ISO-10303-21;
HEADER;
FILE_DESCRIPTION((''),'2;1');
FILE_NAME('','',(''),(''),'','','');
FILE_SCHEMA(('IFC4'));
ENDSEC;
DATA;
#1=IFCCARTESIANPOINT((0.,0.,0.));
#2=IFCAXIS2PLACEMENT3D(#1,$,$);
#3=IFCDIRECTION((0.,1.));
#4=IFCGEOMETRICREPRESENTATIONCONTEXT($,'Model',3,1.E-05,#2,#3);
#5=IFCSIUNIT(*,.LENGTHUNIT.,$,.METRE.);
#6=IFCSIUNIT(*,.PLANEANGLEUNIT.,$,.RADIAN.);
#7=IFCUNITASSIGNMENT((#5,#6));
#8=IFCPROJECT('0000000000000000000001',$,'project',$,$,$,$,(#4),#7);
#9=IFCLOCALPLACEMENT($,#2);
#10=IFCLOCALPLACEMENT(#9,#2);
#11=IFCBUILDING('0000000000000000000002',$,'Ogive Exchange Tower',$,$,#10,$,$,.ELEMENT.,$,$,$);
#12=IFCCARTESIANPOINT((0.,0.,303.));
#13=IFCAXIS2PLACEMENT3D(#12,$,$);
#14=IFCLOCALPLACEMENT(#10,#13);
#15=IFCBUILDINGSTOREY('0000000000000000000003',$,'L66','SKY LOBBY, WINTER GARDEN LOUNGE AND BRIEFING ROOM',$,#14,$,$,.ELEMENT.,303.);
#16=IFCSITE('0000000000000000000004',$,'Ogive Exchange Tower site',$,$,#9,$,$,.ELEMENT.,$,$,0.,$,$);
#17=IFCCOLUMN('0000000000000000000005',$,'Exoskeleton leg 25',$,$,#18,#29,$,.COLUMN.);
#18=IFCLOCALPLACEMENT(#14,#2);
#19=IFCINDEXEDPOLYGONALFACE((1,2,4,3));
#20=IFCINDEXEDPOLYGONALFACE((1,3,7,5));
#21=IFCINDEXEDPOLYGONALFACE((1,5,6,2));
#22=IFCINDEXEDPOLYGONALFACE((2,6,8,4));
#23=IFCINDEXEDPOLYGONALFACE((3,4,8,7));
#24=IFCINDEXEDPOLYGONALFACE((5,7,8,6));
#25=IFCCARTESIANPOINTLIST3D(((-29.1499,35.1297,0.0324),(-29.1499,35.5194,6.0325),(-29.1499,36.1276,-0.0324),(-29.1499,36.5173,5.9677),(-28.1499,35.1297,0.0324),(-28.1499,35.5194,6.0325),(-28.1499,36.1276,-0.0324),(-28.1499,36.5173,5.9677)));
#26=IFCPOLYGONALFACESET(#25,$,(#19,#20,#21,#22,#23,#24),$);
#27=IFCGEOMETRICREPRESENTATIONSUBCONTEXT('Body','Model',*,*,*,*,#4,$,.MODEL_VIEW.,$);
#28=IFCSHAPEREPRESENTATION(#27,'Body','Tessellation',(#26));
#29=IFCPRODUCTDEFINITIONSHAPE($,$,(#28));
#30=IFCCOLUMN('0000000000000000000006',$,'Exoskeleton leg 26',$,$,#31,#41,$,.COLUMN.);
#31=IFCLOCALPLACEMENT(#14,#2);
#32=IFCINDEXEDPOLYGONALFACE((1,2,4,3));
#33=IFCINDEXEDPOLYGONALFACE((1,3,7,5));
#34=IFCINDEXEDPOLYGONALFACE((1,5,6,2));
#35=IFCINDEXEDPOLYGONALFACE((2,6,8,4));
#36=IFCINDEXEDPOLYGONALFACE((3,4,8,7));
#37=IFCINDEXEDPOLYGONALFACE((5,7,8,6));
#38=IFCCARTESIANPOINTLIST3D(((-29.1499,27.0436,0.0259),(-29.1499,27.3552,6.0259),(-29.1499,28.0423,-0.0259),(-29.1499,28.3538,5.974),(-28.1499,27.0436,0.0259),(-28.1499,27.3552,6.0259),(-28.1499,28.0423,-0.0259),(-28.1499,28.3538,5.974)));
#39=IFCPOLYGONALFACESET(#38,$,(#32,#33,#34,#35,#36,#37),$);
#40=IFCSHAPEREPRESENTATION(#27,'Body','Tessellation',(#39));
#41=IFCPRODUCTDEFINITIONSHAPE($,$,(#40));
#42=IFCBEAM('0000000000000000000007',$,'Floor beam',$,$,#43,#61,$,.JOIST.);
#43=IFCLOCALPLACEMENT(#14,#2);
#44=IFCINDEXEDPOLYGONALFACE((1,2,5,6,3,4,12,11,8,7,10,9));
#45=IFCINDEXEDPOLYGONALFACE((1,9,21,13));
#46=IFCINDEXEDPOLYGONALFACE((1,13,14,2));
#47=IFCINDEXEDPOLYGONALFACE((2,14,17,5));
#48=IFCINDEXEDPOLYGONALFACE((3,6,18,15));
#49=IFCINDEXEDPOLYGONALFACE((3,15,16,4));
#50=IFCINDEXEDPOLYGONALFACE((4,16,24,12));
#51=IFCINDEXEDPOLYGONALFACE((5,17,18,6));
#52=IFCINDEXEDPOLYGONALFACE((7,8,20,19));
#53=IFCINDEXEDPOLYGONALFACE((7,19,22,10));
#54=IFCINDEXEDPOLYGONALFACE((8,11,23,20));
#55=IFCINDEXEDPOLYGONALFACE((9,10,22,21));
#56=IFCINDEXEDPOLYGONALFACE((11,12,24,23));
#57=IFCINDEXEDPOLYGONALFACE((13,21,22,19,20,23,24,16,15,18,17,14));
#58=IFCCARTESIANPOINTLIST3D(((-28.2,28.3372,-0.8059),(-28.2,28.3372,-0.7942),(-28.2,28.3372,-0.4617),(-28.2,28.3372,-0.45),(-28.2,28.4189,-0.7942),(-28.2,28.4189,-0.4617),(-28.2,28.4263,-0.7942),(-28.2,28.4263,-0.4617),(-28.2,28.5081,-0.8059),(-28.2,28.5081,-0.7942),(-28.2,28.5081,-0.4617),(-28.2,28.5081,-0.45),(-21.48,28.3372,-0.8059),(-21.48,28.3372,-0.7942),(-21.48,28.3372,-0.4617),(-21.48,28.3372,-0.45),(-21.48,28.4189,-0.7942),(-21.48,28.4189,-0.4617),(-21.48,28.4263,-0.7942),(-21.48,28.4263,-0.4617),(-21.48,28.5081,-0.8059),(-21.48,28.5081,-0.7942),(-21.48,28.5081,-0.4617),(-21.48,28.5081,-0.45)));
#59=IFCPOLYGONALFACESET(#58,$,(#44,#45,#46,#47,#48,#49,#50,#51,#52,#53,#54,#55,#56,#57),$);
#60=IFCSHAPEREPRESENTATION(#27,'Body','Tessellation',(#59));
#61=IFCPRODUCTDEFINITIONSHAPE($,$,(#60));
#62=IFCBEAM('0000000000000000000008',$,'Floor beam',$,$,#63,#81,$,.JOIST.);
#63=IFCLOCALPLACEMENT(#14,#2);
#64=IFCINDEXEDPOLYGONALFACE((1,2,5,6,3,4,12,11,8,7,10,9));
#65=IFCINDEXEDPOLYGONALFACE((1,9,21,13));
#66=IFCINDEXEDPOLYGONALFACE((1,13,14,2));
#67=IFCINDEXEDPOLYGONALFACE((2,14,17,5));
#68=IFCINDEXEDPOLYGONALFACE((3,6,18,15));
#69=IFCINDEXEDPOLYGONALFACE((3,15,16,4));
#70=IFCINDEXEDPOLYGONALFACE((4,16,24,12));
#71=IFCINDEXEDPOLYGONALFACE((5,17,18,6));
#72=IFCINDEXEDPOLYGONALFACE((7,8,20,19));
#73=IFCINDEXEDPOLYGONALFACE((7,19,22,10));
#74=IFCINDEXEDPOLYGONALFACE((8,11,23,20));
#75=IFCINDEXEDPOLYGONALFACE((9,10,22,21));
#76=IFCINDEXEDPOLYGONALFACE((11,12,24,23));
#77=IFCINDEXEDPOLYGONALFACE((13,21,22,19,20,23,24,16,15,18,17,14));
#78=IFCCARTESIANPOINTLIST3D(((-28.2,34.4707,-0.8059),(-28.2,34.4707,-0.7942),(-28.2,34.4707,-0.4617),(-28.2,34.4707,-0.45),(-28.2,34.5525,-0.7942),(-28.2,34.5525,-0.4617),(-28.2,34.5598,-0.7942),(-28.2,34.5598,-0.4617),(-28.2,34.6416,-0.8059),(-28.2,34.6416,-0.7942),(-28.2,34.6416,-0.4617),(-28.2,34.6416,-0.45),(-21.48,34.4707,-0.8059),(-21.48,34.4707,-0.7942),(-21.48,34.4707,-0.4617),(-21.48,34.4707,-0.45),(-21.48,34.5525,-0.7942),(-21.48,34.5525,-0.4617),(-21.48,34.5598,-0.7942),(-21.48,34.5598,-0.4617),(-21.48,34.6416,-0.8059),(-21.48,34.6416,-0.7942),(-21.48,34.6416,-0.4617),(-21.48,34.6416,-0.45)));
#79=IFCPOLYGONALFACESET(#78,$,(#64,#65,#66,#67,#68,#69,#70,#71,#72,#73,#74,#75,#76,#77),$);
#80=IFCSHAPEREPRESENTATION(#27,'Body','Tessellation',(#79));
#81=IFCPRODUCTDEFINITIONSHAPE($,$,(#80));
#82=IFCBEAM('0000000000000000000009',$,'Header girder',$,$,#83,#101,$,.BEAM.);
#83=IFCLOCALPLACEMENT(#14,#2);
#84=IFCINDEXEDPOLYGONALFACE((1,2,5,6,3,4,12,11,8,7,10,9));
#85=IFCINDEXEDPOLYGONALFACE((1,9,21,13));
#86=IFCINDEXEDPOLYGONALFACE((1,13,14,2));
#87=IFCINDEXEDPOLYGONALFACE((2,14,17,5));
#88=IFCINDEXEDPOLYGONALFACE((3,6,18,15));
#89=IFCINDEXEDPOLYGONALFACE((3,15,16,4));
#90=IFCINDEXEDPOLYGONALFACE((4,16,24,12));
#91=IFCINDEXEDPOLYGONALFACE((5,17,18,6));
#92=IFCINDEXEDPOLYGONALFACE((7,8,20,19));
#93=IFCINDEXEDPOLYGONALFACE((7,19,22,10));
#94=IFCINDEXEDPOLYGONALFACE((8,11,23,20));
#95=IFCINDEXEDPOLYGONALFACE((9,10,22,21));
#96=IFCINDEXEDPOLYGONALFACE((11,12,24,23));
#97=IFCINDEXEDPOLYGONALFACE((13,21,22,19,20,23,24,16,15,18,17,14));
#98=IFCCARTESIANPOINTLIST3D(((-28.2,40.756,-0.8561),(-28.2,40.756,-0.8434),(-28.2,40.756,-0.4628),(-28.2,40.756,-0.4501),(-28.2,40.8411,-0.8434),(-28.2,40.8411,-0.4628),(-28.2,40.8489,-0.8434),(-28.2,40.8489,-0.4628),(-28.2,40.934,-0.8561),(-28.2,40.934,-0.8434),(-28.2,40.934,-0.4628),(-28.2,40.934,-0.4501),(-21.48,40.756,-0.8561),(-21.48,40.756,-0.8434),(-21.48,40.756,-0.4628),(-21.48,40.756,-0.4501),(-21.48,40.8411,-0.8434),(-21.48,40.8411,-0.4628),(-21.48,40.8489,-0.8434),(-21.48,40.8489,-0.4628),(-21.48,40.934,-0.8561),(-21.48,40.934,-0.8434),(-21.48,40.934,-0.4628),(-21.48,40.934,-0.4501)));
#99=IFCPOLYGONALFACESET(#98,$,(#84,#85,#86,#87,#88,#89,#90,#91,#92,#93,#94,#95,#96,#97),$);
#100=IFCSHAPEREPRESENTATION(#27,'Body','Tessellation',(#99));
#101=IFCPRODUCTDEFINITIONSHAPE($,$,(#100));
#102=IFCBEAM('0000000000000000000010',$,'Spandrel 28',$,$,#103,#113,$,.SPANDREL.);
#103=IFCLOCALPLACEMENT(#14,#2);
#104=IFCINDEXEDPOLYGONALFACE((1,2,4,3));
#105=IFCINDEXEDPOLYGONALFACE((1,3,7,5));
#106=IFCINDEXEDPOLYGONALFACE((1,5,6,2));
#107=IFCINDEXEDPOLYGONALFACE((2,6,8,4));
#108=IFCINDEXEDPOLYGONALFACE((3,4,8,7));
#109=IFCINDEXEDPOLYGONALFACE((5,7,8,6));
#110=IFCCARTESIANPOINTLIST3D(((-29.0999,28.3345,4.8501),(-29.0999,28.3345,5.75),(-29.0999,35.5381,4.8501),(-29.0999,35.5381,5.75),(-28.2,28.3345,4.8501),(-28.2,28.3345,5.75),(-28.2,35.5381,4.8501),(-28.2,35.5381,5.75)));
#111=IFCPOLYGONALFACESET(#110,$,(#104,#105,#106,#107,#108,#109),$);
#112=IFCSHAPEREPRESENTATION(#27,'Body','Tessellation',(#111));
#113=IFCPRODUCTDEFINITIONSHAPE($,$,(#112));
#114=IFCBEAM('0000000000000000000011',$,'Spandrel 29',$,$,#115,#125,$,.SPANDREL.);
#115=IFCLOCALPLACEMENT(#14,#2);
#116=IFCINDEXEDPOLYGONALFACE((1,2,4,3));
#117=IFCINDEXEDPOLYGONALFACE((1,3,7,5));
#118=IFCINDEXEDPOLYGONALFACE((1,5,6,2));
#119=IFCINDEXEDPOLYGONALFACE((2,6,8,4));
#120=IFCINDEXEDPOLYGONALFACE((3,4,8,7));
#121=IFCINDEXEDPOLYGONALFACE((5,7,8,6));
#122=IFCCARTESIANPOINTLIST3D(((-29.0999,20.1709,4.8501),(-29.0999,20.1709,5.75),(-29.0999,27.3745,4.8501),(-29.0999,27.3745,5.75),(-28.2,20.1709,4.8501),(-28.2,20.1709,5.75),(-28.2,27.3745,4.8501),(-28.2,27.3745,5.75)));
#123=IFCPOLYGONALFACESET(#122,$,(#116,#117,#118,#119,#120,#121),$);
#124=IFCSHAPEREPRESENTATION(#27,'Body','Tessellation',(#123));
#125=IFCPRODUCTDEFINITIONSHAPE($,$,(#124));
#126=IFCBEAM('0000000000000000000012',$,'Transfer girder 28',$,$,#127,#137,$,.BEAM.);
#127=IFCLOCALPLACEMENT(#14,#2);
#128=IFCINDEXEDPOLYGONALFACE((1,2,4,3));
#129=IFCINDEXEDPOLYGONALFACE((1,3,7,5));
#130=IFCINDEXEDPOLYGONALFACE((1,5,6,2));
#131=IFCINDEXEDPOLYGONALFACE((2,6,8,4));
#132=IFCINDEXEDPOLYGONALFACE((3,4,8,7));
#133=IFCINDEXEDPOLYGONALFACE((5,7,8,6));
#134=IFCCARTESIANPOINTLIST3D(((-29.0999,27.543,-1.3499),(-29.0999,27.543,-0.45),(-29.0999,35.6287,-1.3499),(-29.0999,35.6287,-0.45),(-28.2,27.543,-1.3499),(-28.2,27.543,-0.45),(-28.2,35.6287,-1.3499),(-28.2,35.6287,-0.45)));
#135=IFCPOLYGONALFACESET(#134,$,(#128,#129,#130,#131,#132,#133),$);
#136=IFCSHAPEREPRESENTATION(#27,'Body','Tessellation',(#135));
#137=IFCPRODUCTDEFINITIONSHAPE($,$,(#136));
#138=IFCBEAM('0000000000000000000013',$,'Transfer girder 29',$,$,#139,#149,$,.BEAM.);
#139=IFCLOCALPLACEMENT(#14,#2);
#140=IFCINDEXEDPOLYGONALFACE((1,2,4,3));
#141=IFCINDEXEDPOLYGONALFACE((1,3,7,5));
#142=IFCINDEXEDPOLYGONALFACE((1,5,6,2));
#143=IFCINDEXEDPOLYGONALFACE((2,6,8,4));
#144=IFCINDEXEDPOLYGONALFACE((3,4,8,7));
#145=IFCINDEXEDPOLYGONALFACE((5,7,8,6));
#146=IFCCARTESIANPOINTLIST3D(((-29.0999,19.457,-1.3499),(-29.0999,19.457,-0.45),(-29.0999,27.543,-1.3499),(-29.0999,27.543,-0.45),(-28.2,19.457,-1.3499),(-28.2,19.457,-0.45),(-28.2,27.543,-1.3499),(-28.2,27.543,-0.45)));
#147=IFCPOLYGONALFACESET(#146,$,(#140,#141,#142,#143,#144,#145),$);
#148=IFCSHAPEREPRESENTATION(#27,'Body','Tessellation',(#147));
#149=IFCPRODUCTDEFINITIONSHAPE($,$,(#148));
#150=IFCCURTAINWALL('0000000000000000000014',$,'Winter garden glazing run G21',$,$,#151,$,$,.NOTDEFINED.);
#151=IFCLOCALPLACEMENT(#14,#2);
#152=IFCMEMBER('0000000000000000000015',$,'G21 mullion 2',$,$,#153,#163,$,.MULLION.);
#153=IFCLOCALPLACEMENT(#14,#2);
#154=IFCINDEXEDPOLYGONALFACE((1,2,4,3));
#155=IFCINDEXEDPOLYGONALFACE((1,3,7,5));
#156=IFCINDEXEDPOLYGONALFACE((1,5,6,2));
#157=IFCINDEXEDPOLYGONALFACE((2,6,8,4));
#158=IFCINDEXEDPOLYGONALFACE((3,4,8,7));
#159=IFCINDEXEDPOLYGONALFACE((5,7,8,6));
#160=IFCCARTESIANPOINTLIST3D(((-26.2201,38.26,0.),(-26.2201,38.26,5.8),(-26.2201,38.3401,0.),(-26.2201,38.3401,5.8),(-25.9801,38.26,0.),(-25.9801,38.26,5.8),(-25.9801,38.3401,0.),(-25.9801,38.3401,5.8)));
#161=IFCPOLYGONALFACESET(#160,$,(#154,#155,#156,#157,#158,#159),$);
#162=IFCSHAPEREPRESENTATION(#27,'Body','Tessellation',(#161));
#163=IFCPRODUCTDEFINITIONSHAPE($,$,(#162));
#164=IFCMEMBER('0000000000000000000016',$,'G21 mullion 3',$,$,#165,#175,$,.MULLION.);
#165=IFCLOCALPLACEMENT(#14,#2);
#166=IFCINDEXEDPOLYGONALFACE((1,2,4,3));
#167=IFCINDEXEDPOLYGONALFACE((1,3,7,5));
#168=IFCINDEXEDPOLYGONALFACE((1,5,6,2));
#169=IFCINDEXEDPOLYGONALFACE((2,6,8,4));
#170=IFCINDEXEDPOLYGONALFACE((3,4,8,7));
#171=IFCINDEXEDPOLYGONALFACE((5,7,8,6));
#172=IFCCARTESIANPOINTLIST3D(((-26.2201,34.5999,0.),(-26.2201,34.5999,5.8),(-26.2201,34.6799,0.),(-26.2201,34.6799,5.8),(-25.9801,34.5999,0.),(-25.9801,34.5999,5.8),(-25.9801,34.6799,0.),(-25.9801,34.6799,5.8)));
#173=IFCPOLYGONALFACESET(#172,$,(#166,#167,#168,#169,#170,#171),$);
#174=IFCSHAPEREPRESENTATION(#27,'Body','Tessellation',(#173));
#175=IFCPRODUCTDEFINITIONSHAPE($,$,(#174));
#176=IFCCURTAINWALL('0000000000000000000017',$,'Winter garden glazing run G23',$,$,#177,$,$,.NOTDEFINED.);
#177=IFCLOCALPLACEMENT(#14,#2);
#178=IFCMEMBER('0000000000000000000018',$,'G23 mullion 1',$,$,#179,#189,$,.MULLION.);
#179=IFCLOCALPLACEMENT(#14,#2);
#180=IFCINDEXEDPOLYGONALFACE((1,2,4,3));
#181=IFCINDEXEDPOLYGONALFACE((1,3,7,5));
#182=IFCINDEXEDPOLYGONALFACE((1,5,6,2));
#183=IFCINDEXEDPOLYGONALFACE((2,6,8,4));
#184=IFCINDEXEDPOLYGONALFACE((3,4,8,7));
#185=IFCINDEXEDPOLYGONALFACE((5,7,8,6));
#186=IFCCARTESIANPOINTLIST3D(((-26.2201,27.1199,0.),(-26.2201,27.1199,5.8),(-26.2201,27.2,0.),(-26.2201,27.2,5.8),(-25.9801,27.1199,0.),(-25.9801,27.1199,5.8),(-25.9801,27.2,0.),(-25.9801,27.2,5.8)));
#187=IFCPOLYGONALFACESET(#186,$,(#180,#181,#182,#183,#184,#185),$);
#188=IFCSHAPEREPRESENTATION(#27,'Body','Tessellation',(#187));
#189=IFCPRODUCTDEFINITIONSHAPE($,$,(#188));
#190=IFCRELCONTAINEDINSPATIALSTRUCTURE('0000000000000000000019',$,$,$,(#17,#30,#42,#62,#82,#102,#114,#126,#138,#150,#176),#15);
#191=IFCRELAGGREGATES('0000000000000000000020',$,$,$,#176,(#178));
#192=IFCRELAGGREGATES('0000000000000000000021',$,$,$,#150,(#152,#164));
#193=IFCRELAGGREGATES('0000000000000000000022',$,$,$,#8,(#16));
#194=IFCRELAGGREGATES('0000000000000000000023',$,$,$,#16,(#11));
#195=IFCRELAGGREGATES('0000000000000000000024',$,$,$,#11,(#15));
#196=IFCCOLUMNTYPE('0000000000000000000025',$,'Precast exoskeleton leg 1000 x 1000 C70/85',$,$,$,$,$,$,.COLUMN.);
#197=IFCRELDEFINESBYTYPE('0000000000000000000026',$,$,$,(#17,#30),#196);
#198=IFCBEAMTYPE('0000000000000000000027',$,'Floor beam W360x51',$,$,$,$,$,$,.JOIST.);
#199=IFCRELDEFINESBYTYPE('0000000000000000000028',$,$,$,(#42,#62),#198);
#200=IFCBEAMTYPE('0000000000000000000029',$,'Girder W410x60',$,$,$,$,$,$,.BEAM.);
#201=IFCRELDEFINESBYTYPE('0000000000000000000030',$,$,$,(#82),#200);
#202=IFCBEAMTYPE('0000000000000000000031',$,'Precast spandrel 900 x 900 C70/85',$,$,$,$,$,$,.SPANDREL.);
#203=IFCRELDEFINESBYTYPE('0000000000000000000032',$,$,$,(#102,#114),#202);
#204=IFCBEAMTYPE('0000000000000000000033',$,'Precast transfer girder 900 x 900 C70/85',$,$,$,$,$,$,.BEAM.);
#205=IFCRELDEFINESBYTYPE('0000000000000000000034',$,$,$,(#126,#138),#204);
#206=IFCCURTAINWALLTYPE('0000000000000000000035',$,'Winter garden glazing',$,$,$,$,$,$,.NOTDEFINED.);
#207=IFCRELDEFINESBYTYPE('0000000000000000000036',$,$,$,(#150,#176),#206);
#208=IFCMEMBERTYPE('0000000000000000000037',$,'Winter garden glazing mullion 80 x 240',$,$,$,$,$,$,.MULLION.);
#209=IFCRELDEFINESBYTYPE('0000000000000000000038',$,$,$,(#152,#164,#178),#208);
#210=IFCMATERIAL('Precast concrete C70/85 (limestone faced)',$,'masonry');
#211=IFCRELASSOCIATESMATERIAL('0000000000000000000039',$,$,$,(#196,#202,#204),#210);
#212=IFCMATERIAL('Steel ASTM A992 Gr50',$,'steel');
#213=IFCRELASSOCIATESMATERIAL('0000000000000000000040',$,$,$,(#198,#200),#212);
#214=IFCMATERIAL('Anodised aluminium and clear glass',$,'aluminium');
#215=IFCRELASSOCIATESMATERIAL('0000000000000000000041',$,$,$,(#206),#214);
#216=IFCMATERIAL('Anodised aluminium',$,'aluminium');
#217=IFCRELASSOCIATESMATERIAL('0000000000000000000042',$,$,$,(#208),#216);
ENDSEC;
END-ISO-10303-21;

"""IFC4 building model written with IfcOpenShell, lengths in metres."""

from ifc_helpers import new_model, si_unit, direction, frame, origin, origin_2d, place, context, subcontext, project, spatial, rectangle, i_section, extrude, material, material_profile, profile_set, type_object, element, aggregate, save


model = new_model("IFC4")

# Units and contexts
model_context = context("Model", 3, precision=1e-05, world=origin(), true_north=direction((0.0, 1.0)))
body_context = subcontext(model_context, "Body", "Model", "MODEL_VIEW")
ifc_project = project(units=[si_unit("LENGTHUNIT", "METRE"), si_unit("PLANEANGLEUNIT", "RADIAN")], contexts=[model_context])

# Site, building, storey
site_placement = place(None, origin())
site = spatial("IfcSite", under=ifc_project, at=site_placement, Name="Ogive Exchange Tower site", CompositionType="ELEMENT", RefElevation=0.0)
building_placement = place(site_placement, origin())
building = spatial("IfcBuilding", under=site, at=building_placement, Name="Ogive Exchange Tower", CompositionType="ELEMENT")
storey_placement = place(building_placement, frame((0.0, 0.0, 303.0)))
storey = spatial("IfcBuildingStorey", under=building, at=storey_placement, Name="L66", Description="SKY LOBBY, WINTER GARDEN LOUNGE AND BRIEFING ROOM", CompositionType="ELEMENT", Elevation=303.0)

# Columns
ifc_material_1 = material(Name="Precast concrete C70/85 (limestone faced)", Category="masonry")
ifc_material_profile_1 = material_profile(ifc_material_1, rectangle(XDim=1.0, YDim=1.0, at=origin_2d()), Name="1000 x 1000")
ifc_profile_set_1 = profile_set([ifc_material_profile_1], Name="Precast concrete C70/85 (limestone faced)")
column_type = type_object("IfcColumnType", Name="Precast exoskeleton leg 1000 x 1000 C70/85", PredefinedType="COLUMN", material=ifc_profile_set_1)
column_1_placement = place(storey_placement, frame((-28.6499, 35.6287, 0.0), z_axis=(0.0, 0.064805, 0.997898), x_axis=(-1.0, 0.0, 0.0)))
element("IfcColumn", 1, at=column_1_placement, inside=storey, type_object=column_type, Name="Exoskeleton leg 25", PredefinedType="COLUMN", context=body_context, shape_type="SweptSolid", body=[
    extrude(rectangle(XDim=1.0, YDim=1.0, at=origin_2d()), origin(), (0.0, 0.0, 1.0), 6.0127),
])
column_2_placement = place(storey_placement, frame((-28.6499, 27.543, 0.0), z_axis=(0.0, 0.051851, 0.998655), x_axis=(-1.0, 0.0, 0.0)))
element("IfcColumn", 2, at=column_2_placement, inside=storey, type_object=column_type, Name="Exoskeleton leg 26", PredefinedType="COLUMN", context=body_context, shape_type="SweptSolid", body=[
    extrude(rectangle(XDim=1.0, YDim=1.0, at=origin_2d()), origin(), (0.0, 0.0, 1.0), 6.0081),
])

# Beams
ifc_material_2 = material(Name="Steel ASTM A992 Gr50", Category="steel")
ifc_material_profile_2 = material_profile(ifc_material_2, i_section(OverallWidth=0.1709, OverallDepth=0.356, WebThickness=0.0073, FlangeThickness=0.0117, at=origin_2d()), Name="W360x51")
ifc_profile_set_2 = profile_set([ifc_material_profile_2], Name="Steel ASTM A992 Gr50")
beam_type_1 = type_object("IfcBeamType", Name="Floor beam W360x51", PredefinedType="JOIST", material=ifc_profile_set_2)
for number, where, z_axis, x_axis, name in (
    (3, (-28.2, 28.4226, -0.6279), (1.0, 0.0, 0.0), (0.0, 1.0, 0.0), "Floor beam"),
    (4, (-28.2, 34.5562, -0.6279), (1.0, 0.0, 0.0), (0.0, 1.0, 0.0), "Floor beam"),
):
    element("IfcBeam", number, at=place(storey_placement, frame(where, z_axis=z_axis, x_axis=x_axis)), inside=storey, type_object=beam_type_1, Name=name, PredefinedType="JOIST", context=body_context, shape_type="SweptSolid", body=[
        extrude(i_section(OverallWidth=0.1709, OverallDepth=0.356, WebThickness=0.0073, FlangeThickness=0.0117, at=origin_2d()), origin(), (0.0, 0.0, 1.0), 6.72),
    ])
ifc_material_profile_3 = material_profile(ifc_material_2, i_section(OverallWidth=0.178, OverallDepth=0.406, WebThickness=0.0078, FlangeThickness=0.0127, at=origin_2d()), Name="W410x60")
ifc_profile_set_3 = profile_set([ifc_material_profile_3], Name="Steel ASTM A992 Gr50")
beam_type_2 = type_object("IfcBeamType", Name="Girder W410x60", PredefinedType="BEAM", material=ifc_profile_set_3)
beam_1_placement = place(storey_placement, frame((-28.2, 40.845, -0.6531), z_axis=(1.0, 0.0, 0.0), x_axis=(0.0, 1.0, 0.0)))
element("IfcBeam", 5, at=beam_1_placement, inside=storey, type_object=beam_type_2, Name="Header girder", PredefinedType="BEAM", context=body_context, shape_type="SweptSolid", body=[
    extrude(i_section(OverallWidth=0.178, OverallDepth=0.406, WebThickness=0.0078, FlangeThickness=0.0127, at=origin_2d()), origin(), (0.0, 0.0, 1.0), 6.72),
])
ifc_material_profile_4 = material_profile(ifc_material_1, rectangle(XDim=0.8999, YDim=0.8999, at=origin_2d()), Name="900 x 900")
ifc_profile_set_4 = profile_set([ifc_material_profile_4], Name="Precast concrete C70/85 (limestone faced)")
beam_type_3 = type_object("IfcBeamType", Name="Precast spandrel 900 x 900 C70/85", PredefinedType="SPANDREL", material=ifc_profile_set_4)
for number, where, z_axis, x_axis, name in (
    (6, (-28.6499, 35.5381, 5.3), (0.0, -1.0, 0.0), (1.0, 0.0, 0.0), "Spandrel 28"),
    (7, (-28.6499, 27.3745, 5.3), (0.0, -1.0, 0.0), (1.0, 0.0, 0.0), "Spandrel 29"),
):
    element("IfcBeam", number, at=place(storey_placement, frame(where, z_axis=z_axis, x_axis=x_axis)), inside=storey, type_object=beam_type_3, Name=name, PredefinedType="SPANDREL", context=body_context, shape_type="SweptSolid", body=[
        extrude(rectangle(XDim=0.8999, YDim=0.8999, at=origin_2d()), origin(), (0.0, 0.0, 1.0), 7.2036),
    ])
ifc_material_profile_5 = material_profile(ifc_material_1, rectangle(XDim=0.8999, YDim=0.8999, at=origin_2d()), Name="900 x 900")
ifc_profile_set_5 = profile_set([ifc_material_profile_5], Name="Precast concrete C70/85 (limestone faced)")
beam_type_4 = type_object("IfcBeamType", Name="Precast transfer girder 900 x 900 C70/85", PredefinedType="BEAM", material=ifc_profile_set_5)
beam_2_placement = place(storey_placement, frame((-28.6499, 35.6287, -0.8999), z_axis=(0.0, -1.0, 0.0), x_axis=(1.0, 0.0, 0.0)))
element("IfcBeam", 8, at=beam_2_placement, inside=storey, type_object=beam_type_4, Name="Transfer girder 28", PredefinedType="BEAM", context=body_context, shape_type="SweptSolid", body=[
    extrude(rectangle(XDim=0.8999, YDim=0.8999, at=origin_2d()), origin(), (0.0, 0.0, 1.0), 8.0857),
])
beam_3_placement = place(storey_placement, frame((-28.6499, 27.543, -0.8999), z_axis=(0.0, -1.0, 0.0), x_axis=(1.0, 0.0, 0.0)))
element("IfcBeam", 9, at=beam_3_placement, inside=storey, type_object=beam_type_4, Name="Transfer girder 29", PredefinedType="BEAM", context=body_context, shape_type="SweptSolid", body=[
    extrude(rectangle(XDim=0.8999, YDim=0.8999, at=origin_2d()), origin(), (0.0, 0.0, 1.0), 8.0859),
])

# Curtain wall, members
ifc_material_3 = material(Name="Anodised aluminium and clear glass", Category="aluminium")
curtain_wall_type = type_object("IfcCurtainWallType", Name="Winter garden glazing", PredefinedType="NOTDEFINED", material=ifc_material_3)
curtain_wall_1_placement = place(storey_placement, origin())
curtain_wall_1 = element("IfcCurtainWall", 10, at=curtain_wall_1_placement, inside=storey, type_object=curtain_wall_type, Name="Winter garden glazing run G21", PredefinedType="NOTDEFINED")
ifc_material_4 = material(Name="Anodised aluminium", Category="aluminium")
ifc_material_profile_6 = material_profile(ifc_material_4, rectangle(XDim=0.24, YDim=0.0801, at=origin_2d()), Name="AL 80x240")
ifc_profile_set_6 = profile_set([ifc_material_profile_6], Name="Anodised aluminium")
member_type_1 = type_object("IfcMemberType", Name="Winter garden glazing mullion 80 x 240", PredefinedType="MULLION", material=ifc_profile_set_6)
member_1_placement = place(storey_placement, frame((-26.1001, 38.3, 0.0), z_axis=(0.0, 0.0, 1.0), x_axis=(1.0, 0.0, 0.0)))
member_1 = element("IfcMember", 11, at=member_1_placement, type_object=member_type_1, Name="G21 mullion 2", PredefinedType="MULLION", context=body_context, shape_type="SweptSolid", body=[
    extrude(rectangle(XDim=0.24, YDim=0.0801, at=origin_2d()), origin(), (0.0, 0.0, 1.0), 5.8),
])
member_2_placement = place(storey_placement, frame((-26.1001, 34.6399, 0.0), z_axis=(0.0, 0.0, 1.0), x_axis=(1.0, 0.0, 0.0)))
member_2 = element("IfcMember", 12, at=member_2_placement, type_object=member_type_1, Name="G21 mullion 3", PredefinedType="MULLION", context=body_context, shape_type="SweptSolid", body=[
    extrude(rectangle(XDim=0.24, YDim=0.0801, at=origin_2d()), origin(), (0.0, 0.0, 1.0), 5.8),
])

# Curtain wall, member
curtain_wall_2_placement = place(storey_placement, origin())
curtain_wall_2 = element("IfcCurtainWall", 13, at=curtain_wall_2_placement, inside=storey, type_object=curtain_wall_type, Name="Winter garden glazing run G23", PredefinedType="NOTDEFINED")
member_3_placement = place(storey_placement, frame((-26.1001, 27.1599, 0.0), z_axis=(0.0, 0.0, 1.0), x_axis=(1.0, 0.0, 0.0)))
member_3 = element("IfcMember", 14, at=member_3_placement, type_object=member_type_1, Name="G23 mullion 1", PredefinedType="MULLION", context=body_context, shape_type="SweptSolid", body=[
    extrude(rectangle(XDim=0.24, YDim=0.0801, at=origin_2d()), origin(), (0.0, 0.0, 1.0), 5.8),
])
aggregate(curtain_wall_2, [member_3])

aggregate(curtain_wall_1, [member_1, member_2])

save(model, "model.ifc")
